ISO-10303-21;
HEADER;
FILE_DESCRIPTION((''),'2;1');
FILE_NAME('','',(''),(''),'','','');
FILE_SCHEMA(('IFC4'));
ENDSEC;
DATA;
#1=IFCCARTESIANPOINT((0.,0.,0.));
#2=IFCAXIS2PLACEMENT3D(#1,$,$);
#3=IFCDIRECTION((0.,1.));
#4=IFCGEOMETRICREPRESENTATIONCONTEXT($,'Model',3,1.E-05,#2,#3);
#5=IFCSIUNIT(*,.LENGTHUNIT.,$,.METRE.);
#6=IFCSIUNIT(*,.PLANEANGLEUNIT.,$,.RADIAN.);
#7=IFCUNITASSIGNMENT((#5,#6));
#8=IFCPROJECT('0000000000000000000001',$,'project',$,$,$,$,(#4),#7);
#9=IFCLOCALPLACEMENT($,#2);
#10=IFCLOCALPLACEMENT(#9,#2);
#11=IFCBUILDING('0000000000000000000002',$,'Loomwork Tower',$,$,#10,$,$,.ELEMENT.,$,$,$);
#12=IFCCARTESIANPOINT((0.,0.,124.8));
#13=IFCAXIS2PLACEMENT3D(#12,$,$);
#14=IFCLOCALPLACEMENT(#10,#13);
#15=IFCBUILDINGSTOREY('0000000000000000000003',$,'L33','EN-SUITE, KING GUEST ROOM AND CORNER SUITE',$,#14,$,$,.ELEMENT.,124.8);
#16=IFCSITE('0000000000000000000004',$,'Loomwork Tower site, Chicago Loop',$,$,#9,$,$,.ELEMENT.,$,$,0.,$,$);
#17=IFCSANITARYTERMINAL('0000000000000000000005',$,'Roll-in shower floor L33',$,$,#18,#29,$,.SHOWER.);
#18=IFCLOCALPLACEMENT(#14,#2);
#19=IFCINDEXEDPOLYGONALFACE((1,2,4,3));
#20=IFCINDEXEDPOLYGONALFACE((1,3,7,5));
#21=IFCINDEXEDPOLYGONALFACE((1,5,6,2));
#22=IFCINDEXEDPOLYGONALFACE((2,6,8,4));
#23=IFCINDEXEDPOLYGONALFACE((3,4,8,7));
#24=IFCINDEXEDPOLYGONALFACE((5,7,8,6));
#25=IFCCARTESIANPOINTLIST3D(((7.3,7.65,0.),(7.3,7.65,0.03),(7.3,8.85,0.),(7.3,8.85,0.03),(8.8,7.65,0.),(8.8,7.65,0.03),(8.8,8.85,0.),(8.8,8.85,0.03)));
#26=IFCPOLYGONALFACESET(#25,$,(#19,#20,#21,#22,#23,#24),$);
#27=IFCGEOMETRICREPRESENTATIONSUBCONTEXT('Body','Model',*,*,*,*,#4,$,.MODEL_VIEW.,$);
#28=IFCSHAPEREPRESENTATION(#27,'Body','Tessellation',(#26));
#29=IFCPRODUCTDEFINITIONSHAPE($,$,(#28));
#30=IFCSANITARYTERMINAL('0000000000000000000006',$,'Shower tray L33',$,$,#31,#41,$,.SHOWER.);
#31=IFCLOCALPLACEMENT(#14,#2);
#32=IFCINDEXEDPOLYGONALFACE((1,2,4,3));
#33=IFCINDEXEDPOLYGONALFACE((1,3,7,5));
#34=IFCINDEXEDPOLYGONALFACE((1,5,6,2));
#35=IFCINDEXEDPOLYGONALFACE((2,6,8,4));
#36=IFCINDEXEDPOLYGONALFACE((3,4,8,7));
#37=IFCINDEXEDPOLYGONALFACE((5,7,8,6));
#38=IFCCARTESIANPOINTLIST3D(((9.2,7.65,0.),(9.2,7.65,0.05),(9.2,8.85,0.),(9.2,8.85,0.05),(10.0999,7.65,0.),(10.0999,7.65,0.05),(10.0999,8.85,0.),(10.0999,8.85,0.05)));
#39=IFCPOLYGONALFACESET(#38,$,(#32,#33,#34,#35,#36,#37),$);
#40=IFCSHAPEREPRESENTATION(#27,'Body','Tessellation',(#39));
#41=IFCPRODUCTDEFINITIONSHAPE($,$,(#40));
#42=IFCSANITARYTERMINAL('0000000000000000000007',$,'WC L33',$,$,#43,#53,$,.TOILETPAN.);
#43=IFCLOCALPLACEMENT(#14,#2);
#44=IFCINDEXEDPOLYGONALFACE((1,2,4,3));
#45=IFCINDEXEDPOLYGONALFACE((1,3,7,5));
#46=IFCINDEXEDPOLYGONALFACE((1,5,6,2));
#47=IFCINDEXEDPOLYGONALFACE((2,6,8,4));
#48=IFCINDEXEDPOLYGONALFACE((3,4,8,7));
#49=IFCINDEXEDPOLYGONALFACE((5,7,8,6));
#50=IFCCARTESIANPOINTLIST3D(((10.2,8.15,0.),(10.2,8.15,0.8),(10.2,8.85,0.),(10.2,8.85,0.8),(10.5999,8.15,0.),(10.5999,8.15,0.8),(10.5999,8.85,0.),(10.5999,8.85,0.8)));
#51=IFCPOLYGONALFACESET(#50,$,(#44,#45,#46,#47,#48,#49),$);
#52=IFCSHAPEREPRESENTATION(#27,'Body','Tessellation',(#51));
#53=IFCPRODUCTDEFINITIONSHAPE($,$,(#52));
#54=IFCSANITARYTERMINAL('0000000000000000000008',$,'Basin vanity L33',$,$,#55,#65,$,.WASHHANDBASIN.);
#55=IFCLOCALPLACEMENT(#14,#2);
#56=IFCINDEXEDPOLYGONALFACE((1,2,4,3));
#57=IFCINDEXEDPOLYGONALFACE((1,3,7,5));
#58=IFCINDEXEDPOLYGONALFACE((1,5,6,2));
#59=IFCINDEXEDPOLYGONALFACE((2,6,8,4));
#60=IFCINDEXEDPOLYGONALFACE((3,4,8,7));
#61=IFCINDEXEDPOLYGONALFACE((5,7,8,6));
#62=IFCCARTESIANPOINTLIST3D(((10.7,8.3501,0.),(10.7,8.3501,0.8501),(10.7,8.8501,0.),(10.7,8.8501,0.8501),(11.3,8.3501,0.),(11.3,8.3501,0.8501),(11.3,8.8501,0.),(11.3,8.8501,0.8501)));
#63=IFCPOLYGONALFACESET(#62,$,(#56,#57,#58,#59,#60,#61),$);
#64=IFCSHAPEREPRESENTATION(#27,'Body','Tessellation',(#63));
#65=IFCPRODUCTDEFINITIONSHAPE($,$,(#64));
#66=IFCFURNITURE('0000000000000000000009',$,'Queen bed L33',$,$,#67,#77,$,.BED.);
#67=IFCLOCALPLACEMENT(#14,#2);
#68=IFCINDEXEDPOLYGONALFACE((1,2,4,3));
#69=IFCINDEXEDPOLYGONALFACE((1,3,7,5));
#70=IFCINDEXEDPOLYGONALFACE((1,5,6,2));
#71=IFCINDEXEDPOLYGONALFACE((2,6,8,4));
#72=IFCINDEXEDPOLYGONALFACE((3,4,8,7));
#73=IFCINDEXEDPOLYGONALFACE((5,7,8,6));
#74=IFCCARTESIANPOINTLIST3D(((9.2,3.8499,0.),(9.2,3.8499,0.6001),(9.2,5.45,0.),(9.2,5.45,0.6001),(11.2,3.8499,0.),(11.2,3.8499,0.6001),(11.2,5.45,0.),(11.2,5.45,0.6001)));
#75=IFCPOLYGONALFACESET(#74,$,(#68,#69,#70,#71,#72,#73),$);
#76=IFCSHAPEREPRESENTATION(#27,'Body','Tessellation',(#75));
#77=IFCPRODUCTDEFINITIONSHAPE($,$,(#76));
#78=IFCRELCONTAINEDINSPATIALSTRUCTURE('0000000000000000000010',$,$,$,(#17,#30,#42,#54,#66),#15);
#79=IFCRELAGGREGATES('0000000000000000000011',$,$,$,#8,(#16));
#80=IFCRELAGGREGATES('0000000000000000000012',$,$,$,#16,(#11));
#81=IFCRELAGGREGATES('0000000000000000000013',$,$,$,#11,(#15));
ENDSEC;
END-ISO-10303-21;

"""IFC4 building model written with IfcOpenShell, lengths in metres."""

from ifc_helpers import new_model, si_unit, direction, frame, origin, origin_2d, place, context, subcontext, project, spatial, rectangle, extrude, element, save


model = new_model("IFC4")

# Units and contexts
model_context = context("Model", 3, precision=1e-05, world=origin(), true_north=direction((0.0, 1.0)))
body_context = subcontext(model_context, "Body", "Model", "MODEL_VIEW")
ifc_project = project(units=[si_unit("LENGTHUNIT", "METRE"), si_unit("PLANEANGLEUNIT", "RADIAN")], contexts=[model_context])

# Site, building, storey
site_placement = place(None, origin())
site = spatial("IfcSite", under=ifc_project, at=site_placement, Name="Loomwork Tower site, Chicago Loop", CompositionType="ELEMENT", RefElevation=0.0)
building_placement = place(site_placement, origin())
building = spatial("IfcBuilding", under=site, at=building_placement, Name="Loomwork Tower", CompositionType="ELEMENT")
storey_placement = place(building_placement, frame((0.0, 0.0, 124.8)))
storey = spatial("IfcBuildingStorey", under=building, at=storey_placement, Name="L33", Description="EN-SUITE, KING GUEST ROOM AND CORNER SUITE", CompositionType="ELEMENT", Elevation=124.8)

# Sanitary terminals
sanitary_terminal_1_placement = place(storey_placement, frame((8.05, 8.25, 0.0), z_axis=(0.0, 0.0, 1.0), x_axis=(1.0, 0.0, 0.0)))
element("IfcSanitaryTerminal", 1, at=sanitary_terminal_1_placement, inside=storey, Name="Roll-in shower floor L33", PredefinedType="SHOWER", context=body_context, shape_type="SweptSolid", body=[
    extrude(rectangle(XDim=1.5, YDim=1.2, at=origin_2d()), origin(), (0.0, 0.0, 1.0), 0.03),
])
sanitary_terminal_2_placement = place(storey_placement, frame((9.6499, 8.25, 0.0), z_axis=(0.0, 0.0, 1.0), x_axis=(1.0, 0.0, 0.0)))
element("IfcSanitaryTerminal", 2, at=sanitary_terminal_2_placement, inside=storey, Name="Shower tray L33", PredefinedType="SHOWER", context=body_context, shape_type="SweptSolid", body=[
    extrude(rectangle(XDim=0.8999, YDim=1.2, at=origin_2d()), origin(), (0.0, 0.0, 1.0), 0.05),
])
sanitary_terminal_3_placement = place(storey_placement, frame((10.3999, 8.5, 0.0), z_axis=(0.0, 0.0, 1.0), x_axis=(1.0, 0.0, 0.0)))
element("IfcSanitaryTerminal", 3, at=sanitary_terminal_3_placement, inside=storey, Name="WC L33", PredefinedType="TOILETPAN", context=body_context, shape_type="SweptSolid", body=[
    extrude(rectangle(XDim=0.3999, YDim=0.7, at=origin_2d()), origin(), (0.0, 0.0, 1.0), 0.8),
])
sanitary_terminal_4_placement = place(storey_placement, frame((11.0, 8.6001, 0.0), z_axis=(0.0, 0.0, 1.0), x_axis=(1.0, 0.0, 0.0)))
element("IfcSanitaryTerminal", 4, at=sanitary_terminal_4_placement, inside=storey, Name="Basin vanity L33", PredefinedType="WASHHANDBASIN", context=body_context, shape_type="SweptSolid", body=[
    extrude(rectangle(XDim=0.6001, YDim=0.5, at=origin_2d()), origin(), (0.0, 0.0, 1.0), 0.8501),
])

# Furniture
furniture_placement = place(storey_placement, frame((10.2, 4.6499, 0.0), z_axis=(0.0, 0.0, 1.0), x_axis=(1.0, 0.0, 0.0)))
element("IfcFurniture", 5, at=furniture_placement, inside=storey, Name="Queen bed L33", PredefinedType="BED", context=body_context, shape_type="SweptSolid", body=[
    extrude(rectangle(XDim=2.0, YDim=1.6001, at=origin_2d()), origin(), (0.0, 0.0, 1.0), 0.6001),
])

save(model, "model.ifc")
